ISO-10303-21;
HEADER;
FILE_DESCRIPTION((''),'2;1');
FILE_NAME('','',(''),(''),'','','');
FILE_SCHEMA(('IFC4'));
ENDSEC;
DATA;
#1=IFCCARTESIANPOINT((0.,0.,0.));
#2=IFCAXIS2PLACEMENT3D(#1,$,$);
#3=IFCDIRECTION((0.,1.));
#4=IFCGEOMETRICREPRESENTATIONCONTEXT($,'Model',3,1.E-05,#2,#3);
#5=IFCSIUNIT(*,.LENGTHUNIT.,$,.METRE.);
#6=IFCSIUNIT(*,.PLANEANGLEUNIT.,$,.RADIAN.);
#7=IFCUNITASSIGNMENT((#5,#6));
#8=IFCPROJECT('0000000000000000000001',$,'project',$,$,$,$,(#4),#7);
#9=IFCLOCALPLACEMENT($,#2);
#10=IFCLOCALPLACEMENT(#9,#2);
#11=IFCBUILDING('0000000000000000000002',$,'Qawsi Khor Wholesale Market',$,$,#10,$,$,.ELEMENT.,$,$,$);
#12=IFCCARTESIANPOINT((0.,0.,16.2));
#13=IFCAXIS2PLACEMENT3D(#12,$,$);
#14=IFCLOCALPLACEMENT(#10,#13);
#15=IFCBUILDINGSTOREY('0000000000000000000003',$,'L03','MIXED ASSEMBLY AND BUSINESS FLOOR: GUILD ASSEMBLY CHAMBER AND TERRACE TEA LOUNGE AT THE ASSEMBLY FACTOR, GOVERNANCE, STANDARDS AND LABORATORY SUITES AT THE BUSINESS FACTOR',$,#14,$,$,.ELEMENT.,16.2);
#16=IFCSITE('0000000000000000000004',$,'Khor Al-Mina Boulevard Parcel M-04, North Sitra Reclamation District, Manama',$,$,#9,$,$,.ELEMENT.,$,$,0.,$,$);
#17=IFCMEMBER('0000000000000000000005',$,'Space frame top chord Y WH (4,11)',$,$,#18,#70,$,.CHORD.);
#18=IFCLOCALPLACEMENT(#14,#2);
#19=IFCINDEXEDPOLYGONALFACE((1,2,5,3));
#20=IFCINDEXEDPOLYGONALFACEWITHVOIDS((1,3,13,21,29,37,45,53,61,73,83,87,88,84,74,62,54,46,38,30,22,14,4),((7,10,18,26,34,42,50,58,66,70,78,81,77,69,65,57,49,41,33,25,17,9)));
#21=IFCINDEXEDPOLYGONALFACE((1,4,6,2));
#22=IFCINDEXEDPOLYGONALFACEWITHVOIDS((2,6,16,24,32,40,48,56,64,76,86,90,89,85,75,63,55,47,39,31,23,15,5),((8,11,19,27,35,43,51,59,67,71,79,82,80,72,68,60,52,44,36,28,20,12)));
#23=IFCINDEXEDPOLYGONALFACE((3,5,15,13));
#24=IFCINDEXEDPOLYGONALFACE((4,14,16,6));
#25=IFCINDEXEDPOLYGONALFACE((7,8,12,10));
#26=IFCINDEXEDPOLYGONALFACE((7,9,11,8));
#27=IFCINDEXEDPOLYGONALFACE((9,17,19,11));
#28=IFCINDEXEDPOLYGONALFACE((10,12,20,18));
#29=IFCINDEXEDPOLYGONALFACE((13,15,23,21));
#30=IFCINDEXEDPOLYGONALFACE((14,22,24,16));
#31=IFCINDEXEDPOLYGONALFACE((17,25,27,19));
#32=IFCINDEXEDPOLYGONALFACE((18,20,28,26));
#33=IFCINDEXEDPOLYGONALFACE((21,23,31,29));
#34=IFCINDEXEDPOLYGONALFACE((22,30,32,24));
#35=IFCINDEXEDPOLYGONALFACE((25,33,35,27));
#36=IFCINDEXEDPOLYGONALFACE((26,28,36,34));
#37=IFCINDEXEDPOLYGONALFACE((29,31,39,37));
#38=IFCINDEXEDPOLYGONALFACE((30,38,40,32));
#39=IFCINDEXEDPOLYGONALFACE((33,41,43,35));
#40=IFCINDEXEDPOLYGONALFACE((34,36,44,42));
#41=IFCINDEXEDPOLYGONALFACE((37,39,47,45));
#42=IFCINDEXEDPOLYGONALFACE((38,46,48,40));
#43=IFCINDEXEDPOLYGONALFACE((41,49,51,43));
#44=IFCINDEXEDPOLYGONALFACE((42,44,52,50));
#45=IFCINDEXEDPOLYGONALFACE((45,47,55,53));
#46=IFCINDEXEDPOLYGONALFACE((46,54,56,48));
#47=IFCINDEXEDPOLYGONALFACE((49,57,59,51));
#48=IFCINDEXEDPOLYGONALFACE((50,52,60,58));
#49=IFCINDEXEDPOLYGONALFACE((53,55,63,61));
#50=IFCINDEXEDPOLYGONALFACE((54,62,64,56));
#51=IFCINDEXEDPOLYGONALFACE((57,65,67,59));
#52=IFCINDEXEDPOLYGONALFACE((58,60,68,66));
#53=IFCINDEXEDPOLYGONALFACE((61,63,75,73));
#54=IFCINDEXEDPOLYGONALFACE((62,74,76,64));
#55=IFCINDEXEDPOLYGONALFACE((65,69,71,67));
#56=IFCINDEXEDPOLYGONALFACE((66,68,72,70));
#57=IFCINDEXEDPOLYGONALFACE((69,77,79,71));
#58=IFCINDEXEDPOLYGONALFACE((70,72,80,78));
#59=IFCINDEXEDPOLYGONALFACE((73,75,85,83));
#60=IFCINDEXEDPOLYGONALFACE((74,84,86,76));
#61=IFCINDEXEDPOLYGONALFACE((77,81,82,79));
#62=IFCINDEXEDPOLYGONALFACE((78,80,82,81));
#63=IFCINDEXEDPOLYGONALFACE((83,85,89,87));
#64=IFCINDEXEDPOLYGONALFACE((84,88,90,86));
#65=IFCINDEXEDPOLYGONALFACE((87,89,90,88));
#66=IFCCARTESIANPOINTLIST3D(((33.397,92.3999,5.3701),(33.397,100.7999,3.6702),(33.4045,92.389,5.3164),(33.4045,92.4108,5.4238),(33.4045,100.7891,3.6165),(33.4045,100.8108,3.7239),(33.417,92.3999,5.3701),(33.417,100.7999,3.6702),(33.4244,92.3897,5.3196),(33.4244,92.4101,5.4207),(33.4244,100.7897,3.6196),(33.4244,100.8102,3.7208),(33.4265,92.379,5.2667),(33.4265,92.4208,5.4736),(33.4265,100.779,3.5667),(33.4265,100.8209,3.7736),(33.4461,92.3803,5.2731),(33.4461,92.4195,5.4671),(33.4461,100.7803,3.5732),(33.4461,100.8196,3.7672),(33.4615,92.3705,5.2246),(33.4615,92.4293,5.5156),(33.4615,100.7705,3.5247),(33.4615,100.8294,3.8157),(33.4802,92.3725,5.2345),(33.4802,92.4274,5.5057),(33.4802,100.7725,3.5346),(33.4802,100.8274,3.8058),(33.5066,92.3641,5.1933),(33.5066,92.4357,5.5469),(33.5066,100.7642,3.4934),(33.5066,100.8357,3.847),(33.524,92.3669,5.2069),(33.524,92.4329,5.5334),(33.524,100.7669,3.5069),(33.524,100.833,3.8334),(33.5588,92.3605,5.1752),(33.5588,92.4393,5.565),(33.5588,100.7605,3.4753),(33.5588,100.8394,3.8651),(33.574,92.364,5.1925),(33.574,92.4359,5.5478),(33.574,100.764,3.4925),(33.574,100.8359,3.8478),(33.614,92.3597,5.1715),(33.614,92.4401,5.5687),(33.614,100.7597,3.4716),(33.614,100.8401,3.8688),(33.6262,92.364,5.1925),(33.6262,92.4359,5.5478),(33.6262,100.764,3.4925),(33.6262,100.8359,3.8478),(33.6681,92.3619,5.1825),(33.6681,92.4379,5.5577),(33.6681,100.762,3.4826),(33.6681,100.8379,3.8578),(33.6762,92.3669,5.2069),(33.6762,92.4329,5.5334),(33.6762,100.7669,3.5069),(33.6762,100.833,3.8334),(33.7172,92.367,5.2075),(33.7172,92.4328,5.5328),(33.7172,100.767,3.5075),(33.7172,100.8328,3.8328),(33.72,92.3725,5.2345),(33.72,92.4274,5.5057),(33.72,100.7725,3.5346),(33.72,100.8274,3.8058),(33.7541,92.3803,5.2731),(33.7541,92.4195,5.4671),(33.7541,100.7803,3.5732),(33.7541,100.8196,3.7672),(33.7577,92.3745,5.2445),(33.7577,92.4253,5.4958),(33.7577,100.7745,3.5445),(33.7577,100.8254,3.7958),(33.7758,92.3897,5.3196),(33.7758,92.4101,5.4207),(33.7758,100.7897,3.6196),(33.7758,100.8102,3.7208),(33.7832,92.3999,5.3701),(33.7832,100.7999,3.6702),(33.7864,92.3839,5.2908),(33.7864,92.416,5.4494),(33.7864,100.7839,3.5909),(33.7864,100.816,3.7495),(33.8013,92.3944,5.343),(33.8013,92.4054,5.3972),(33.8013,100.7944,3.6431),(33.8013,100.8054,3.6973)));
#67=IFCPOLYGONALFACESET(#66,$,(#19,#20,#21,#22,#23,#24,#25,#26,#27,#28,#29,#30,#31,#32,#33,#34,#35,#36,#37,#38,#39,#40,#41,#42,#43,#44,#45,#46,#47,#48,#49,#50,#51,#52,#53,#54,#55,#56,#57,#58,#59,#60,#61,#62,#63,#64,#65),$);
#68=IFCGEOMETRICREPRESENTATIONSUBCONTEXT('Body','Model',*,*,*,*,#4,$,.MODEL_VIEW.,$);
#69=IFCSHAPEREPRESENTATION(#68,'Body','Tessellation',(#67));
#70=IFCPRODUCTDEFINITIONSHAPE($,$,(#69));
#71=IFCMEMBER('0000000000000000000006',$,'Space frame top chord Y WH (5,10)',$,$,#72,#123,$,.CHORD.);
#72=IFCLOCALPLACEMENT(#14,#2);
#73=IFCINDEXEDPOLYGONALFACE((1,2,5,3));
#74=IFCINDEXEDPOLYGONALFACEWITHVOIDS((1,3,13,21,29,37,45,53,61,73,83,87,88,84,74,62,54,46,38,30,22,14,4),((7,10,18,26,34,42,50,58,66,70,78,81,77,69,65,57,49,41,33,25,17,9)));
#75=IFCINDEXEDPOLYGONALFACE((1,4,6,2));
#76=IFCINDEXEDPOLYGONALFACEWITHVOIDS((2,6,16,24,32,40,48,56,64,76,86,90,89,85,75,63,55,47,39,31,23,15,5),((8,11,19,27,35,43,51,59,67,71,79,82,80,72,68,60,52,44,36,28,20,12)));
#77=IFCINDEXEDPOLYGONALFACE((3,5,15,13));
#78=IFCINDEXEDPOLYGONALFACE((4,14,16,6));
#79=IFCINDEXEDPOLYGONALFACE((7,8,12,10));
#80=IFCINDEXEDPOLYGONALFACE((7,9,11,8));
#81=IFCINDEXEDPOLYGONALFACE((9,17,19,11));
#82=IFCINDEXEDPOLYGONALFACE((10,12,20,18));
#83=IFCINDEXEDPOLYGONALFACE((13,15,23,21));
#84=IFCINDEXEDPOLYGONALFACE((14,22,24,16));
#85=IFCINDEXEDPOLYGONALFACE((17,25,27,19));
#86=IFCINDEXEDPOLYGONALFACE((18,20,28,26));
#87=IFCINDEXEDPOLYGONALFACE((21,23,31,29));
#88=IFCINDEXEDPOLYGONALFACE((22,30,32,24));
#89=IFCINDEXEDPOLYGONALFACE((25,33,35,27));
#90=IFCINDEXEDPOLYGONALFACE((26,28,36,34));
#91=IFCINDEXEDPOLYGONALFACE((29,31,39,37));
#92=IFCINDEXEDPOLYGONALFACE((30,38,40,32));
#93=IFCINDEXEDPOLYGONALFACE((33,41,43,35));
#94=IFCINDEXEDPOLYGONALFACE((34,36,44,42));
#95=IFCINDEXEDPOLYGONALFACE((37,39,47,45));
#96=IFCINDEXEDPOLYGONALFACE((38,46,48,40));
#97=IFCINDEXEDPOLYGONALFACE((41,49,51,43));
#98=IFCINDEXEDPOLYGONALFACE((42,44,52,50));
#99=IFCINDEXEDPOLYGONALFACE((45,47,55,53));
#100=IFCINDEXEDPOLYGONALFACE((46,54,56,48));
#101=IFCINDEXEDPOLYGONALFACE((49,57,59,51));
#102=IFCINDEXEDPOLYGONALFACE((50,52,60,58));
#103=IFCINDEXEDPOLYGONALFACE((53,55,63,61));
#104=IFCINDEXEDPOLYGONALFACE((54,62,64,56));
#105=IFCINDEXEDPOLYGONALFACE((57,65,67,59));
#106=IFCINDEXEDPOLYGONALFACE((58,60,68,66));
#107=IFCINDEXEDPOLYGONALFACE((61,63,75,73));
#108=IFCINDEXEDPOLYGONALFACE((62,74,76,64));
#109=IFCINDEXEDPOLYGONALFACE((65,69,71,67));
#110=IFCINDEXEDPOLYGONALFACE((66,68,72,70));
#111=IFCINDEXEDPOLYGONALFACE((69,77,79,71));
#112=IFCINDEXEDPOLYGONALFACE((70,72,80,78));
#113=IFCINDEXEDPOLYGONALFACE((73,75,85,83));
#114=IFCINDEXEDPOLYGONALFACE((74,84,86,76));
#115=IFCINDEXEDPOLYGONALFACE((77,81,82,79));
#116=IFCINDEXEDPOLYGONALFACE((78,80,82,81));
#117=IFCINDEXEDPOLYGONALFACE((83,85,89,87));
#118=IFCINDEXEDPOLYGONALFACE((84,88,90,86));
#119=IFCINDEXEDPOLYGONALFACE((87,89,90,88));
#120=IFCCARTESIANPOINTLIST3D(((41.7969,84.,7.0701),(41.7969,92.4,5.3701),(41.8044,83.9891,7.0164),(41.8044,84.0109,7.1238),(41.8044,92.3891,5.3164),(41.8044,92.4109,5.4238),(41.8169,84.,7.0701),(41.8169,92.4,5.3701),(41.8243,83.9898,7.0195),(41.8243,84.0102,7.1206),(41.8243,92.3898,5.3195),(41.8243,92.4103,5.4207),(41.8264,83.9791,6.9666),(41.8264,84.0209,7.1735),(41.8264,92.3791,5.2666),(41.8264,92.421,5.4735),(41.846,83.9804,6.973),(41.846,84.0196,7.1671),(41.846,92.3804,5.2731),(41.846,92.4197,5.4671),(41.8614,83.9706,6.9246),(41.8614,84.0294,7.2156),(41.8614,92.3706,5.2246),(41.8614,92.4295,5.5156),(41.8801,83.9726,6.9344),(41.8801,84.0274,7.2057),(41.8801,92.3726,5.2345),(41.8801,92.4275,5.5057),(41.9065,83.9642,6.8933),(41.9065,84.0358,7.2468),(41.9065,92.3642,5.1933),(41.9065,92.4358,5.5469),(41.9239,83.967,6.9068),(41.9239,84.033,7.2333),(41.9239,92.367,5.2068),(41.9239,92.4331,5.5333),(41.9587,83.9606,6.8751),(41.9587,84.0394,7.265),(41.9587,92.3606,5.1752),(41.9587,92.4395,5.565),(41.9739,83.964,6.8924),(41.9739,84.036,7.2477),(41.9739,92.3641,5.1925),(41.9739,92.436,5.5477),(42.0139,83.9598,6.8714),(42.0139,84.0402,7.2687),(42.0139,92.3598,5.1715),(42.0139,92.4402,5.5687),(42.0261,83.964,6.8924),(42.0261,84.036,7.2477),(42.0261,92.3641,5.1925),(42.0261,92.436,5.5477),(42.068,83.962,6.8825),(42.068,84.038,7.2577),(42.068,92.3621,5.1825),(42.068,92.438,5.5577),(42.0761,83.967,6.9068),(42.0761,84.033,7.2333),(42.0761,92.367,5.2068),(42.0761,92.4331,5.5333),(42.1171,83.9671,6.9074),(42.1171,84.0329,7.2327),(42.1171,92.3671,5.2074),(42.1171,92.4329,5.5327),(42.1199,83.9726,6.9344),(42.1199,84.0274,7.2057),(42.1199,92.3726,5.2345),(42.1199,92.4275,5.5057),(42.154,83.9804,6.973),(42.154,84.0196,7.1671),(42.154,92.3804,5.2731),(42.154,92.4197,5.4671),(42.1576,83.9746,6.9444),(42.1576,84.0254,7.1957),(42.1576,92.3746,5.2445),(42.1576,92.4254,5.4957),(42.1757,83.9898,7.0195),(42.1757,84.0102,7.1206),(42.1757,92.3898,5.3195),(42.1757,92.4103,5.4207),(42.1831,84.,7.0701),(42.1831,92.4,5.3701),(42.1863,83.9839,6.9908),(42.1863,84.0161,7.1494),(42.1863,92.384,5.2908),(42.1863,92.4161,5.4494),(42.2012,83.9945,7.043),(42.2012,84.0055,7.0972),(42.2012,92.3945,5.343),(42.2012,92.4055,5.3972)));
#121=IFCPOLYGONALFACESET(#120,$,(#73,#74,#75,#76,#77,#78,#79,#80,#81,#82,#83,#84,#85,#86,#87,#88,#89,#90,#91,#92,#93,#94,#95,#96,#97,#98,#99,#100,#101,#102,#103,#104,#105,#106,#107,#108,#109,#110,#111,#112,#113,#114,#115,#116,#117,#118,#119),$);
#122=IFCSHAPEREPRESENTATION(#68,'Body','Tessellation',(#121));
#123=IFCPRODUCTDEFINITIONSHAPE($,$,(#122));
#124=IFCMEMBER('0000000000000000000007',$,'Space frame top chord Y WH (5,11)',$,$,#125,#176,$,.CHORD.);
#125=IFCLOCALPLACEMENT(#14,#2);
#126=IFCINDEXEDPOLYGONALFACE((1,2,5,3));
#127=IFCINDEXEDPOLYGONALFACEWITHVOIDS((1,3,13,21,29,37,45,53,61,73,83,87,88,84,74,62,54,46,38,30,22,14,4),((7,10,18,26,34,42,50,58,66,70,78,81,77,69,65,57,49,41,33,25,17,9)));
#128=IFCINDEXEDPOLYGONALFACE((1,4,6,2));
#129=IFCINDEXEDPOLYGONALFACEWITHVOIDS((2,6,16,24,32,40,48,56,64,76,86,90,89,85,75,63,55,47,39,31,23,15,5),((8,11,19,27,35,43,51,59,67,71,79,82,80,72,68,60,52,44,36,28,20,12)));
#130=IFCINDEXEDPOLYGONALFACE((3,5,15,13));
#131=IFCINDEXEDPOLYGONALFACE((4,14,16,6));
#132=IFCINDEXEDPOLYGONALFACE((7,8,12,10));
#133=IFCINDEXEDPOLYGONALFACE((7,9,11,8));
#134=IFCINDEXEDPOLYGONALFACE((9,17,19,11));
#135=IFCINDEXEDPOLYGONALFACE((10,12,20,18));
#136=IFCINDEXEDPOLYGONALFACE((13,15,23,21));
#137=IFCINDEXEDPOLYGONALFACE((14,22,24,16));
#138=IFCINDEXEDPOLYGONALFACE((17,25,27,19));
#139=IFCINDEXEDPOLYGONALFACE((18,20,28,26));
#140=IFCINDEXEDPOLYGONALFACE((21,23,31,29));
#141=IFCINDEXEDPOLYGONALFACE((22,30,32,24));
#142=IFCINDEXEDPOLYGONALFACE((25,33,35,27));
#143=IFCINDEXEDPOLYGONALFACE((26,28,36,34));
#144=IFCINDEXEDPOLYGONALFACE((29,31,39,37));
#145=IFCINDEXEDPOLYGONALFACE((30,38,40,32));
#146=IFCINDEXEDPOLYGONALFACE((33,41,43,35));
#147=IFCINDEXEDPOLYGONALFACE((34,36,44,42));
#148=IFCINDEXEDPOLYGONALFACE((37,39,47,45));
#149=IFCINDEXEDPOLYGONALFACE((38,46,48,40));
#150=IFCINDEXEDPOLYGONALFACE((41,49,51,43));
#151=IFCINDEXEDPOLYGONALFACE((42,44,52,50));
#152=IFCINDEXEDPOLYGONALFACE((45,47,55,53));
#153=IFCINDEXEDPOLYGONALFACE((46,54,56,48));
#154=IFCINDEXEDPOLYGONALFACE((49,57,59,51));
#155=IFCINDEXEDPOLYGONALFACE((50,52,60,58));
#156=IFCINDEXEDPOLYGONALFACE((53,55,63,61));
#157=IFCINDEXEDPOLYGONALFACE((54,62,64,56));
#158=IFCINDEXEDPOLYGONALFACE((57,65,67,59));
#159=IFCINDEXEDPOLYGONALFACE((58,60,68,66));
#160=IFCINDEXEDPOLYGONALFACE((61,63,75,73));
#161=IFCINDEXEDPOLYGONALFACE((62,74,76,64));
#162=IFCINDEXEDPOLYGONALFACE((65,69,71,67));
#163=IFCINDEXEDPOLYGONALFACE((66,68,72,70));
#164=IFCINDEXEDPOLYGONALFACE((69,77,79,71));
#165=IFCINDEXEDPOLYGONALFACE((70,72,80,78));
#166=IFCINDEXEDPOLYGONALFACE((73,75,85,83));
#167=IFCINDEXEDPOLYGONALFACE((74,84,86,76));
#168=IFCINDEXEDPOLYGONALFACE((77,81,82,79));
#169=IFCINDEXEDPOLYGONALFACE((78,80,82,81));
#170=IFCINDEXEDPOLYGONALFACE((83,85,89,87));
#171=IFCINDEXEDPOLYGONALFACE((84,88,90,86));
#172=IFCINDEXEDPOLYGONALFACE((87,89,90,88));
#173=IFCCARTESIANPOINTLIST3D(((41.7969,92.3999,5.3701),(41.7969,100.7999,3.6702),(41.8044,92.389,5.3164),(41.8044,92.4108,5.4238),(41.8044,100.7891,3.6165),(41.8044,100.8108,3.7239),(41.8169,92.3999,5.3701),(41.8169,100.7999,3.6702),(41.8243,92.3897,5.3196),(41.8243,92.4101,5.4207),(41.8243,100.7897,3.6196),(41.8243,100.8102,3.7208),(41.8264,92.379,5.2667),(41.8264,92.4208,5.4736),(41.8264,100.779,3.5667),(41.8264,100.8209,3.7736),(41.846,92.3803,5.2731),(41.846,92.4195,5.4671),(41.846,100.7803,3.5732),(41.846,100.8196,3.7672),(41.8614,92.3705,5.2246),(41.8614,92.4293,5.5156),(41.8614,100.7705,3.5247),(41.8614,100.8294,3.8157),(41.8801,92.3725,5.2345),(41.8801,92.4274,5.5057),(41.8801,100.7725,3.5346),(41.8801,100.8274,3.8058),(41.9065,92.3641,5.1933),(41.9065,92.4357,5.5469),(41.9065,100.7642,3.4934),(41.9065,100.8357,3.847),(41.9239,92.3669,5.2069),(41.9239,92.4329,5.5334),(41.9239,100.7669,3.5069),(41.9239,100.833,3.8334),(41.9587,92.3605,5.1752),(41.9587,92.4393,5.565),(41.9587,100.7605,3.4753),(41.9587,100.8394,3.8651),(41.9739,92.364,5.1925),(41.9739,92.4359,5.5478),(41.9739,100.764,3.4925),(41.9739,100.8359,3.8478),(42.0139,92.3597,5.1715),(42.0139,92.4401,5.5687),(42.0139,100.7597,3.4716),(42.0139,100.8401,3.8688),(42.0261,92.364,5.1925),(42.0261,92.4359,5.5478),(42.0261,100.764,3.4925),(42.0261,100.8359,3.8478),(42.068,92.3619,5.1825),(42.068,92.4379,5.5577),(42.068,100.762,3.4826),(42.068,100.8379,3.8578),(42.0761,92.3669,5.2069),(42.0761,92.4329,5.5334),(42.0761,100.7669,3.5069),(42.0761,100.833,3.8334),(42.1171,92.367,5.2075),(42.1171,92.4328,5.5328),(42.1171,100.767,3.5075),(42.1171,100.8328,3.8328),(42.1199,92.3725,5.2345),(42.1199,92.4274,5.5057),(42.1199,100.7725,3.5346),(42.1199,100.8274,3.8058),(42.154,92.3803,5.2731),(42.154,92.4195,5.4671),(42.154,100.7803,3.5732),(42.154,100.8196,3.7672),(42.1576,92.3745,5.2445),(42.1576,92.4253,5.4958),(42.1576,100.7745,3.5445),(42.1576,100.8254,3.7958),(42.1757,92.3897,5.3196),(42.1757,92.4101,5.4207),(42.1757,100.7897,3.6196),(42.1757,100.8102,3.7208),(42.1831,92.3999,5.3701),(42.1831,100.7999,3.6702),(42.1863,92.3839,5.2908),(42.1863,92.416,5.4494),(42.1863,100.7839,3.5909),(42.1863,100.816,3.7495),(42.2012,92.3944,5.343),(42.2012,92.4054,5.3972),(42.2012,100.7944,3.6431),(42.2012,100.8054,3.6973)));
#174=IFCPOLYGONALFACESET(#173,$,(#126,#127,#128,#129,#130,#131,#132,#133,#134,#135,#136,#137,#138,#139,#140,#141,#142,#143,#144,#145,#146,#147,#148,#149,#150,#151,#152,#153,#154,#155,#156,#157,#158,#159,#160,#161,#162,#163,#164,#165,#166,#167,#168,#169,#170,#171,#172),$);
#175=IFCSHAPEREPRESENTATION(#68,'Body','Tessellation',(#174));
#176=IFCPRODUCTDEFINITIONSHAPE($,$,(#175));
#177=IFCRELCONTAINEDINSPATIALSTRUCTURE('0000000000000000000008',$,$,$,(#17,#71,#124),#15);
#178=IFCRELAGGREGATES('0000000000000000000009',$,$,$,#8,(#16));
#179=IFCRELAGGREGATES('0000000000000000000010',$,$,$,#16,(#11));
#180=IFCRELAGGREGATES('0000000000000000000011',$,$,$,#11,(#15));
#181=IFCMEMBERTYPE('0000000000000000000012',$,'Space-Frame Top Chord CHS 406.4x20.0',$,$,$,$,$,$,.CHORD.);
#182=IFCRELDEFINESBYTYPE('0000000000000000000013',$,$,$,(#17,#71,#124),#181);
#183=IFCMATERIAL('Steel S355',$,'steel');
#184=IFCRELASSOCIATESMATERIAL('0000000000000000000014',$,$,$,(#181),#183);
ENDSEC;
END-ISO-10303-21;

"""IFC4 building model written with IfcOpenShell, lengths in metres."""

from ifc_helpers import new_model, si_unit, direction, frame, origin, origin_2d, place, context, subcontext, project, spatial, hollow_circle, extrude, material, material_profile, profile_set, type_object, element, save


model = new_model("IFC4")

# Units and contexts
model_context = context("Model", 3, precision=1e-05, world=origin(), true_north=direction((0.0, 1.0)))
body_context = subcontext(model_context, "Body", "Model", "MODEL_VIEW")
ifc_project = project(units=[si_unit("LENGTHUNIT", "METRE"), si_unit("PLANEANGLEUNIT", "RADIAN")], contexts=[model_context])

# Site, building, storey
site_placement = place(None, origin())
site = spatial("IfcSite", under=ifc_project, at=site_placement, Name="Khor Al-Mina Boulevard Parcel M-04, North Sitra Reclamation District, Manama", CompositionType="ELEMENT", RefElevation=0.0)
building_placement = place(site_placement, origin())
building = spatial("IfcBuilding", under=site, at=building_placement, Name="Qawsi Khor Wholesale Market", CompositionType="ELEMENT")
storey_placement = place(building_placement, frame((0.0, 0.0, 16.2)))
storey = spatial("IfcBuildingStorey", under=building, at=storey_placement, Name="L03", Description="MIXED ASSEMBLY AND BUSINESS FLOOR: GUILD ASSEMBLY CHAMBER AND TERRACE TEA LOUNGE AT THE ASSEMBLY FACTOR, GOVERNANCE, STANDARDS AND LABORATORY SUITES AT THE BUSINESS FACTOR", CompositionType="ELEMENT", Elevation=16.2)

# Members
ifc_material_1 = material(Name="Steel S355", Category="steel")
ifc_material_profile_1 = material_profile(ifc_material_1, hollow_circle(Radius=0.2031, WallThickness=0.02, at=origin_2d()), Name="CHS 406.4x20.0")
ifc_profile_set_1 = profile_set([ifc_material_profile_1], Name="Steel S355")
member_type_1 = type_object("IfcMemberType", Name="Space-Frame Top Chord CHS 406.4x20.0", PredefinedType="CHORD", material=ifc_profile_set_1)
for number, where, z_axis, x_axis, name in (
    (1, (33.6001, 92.3999, 5.3701), (0.0, 0.980131, -0.198351), (-1.0, 0.0, 0.0), "Space frame top chord Y WH (4,11)"),
    (2, (42.0, 84.0, 7.0701), (0.0, 0.98013, -0.198356), (-1.0, 0.0, 0.0), "Space frame top chord Y WH (5,10)"),
    (3, (42.0, 92.3999, 5.3701), (0.0, 0.980131, -0.198351), (-1.0, 0.0, 0.0), "Space frame top chord Y WH (5,11)"),
):
    element("IfcMember", number, at=place(storey_placement, frame(where, z_axis=z_axis, x_axis=x_axis)), inside=storey, type_object=member_type_1, Name=name, PredefinedType="CHORD", context=body_context, shape_type="SweptSolid", body=[
        extrude(hollow_circle(Radius=0.2031, WallThickness=0.02, at=origin_2d()), origin(), (0.0, 0.0, 1.0), 8.5703),
    ])

save(model, "model.ifc")
